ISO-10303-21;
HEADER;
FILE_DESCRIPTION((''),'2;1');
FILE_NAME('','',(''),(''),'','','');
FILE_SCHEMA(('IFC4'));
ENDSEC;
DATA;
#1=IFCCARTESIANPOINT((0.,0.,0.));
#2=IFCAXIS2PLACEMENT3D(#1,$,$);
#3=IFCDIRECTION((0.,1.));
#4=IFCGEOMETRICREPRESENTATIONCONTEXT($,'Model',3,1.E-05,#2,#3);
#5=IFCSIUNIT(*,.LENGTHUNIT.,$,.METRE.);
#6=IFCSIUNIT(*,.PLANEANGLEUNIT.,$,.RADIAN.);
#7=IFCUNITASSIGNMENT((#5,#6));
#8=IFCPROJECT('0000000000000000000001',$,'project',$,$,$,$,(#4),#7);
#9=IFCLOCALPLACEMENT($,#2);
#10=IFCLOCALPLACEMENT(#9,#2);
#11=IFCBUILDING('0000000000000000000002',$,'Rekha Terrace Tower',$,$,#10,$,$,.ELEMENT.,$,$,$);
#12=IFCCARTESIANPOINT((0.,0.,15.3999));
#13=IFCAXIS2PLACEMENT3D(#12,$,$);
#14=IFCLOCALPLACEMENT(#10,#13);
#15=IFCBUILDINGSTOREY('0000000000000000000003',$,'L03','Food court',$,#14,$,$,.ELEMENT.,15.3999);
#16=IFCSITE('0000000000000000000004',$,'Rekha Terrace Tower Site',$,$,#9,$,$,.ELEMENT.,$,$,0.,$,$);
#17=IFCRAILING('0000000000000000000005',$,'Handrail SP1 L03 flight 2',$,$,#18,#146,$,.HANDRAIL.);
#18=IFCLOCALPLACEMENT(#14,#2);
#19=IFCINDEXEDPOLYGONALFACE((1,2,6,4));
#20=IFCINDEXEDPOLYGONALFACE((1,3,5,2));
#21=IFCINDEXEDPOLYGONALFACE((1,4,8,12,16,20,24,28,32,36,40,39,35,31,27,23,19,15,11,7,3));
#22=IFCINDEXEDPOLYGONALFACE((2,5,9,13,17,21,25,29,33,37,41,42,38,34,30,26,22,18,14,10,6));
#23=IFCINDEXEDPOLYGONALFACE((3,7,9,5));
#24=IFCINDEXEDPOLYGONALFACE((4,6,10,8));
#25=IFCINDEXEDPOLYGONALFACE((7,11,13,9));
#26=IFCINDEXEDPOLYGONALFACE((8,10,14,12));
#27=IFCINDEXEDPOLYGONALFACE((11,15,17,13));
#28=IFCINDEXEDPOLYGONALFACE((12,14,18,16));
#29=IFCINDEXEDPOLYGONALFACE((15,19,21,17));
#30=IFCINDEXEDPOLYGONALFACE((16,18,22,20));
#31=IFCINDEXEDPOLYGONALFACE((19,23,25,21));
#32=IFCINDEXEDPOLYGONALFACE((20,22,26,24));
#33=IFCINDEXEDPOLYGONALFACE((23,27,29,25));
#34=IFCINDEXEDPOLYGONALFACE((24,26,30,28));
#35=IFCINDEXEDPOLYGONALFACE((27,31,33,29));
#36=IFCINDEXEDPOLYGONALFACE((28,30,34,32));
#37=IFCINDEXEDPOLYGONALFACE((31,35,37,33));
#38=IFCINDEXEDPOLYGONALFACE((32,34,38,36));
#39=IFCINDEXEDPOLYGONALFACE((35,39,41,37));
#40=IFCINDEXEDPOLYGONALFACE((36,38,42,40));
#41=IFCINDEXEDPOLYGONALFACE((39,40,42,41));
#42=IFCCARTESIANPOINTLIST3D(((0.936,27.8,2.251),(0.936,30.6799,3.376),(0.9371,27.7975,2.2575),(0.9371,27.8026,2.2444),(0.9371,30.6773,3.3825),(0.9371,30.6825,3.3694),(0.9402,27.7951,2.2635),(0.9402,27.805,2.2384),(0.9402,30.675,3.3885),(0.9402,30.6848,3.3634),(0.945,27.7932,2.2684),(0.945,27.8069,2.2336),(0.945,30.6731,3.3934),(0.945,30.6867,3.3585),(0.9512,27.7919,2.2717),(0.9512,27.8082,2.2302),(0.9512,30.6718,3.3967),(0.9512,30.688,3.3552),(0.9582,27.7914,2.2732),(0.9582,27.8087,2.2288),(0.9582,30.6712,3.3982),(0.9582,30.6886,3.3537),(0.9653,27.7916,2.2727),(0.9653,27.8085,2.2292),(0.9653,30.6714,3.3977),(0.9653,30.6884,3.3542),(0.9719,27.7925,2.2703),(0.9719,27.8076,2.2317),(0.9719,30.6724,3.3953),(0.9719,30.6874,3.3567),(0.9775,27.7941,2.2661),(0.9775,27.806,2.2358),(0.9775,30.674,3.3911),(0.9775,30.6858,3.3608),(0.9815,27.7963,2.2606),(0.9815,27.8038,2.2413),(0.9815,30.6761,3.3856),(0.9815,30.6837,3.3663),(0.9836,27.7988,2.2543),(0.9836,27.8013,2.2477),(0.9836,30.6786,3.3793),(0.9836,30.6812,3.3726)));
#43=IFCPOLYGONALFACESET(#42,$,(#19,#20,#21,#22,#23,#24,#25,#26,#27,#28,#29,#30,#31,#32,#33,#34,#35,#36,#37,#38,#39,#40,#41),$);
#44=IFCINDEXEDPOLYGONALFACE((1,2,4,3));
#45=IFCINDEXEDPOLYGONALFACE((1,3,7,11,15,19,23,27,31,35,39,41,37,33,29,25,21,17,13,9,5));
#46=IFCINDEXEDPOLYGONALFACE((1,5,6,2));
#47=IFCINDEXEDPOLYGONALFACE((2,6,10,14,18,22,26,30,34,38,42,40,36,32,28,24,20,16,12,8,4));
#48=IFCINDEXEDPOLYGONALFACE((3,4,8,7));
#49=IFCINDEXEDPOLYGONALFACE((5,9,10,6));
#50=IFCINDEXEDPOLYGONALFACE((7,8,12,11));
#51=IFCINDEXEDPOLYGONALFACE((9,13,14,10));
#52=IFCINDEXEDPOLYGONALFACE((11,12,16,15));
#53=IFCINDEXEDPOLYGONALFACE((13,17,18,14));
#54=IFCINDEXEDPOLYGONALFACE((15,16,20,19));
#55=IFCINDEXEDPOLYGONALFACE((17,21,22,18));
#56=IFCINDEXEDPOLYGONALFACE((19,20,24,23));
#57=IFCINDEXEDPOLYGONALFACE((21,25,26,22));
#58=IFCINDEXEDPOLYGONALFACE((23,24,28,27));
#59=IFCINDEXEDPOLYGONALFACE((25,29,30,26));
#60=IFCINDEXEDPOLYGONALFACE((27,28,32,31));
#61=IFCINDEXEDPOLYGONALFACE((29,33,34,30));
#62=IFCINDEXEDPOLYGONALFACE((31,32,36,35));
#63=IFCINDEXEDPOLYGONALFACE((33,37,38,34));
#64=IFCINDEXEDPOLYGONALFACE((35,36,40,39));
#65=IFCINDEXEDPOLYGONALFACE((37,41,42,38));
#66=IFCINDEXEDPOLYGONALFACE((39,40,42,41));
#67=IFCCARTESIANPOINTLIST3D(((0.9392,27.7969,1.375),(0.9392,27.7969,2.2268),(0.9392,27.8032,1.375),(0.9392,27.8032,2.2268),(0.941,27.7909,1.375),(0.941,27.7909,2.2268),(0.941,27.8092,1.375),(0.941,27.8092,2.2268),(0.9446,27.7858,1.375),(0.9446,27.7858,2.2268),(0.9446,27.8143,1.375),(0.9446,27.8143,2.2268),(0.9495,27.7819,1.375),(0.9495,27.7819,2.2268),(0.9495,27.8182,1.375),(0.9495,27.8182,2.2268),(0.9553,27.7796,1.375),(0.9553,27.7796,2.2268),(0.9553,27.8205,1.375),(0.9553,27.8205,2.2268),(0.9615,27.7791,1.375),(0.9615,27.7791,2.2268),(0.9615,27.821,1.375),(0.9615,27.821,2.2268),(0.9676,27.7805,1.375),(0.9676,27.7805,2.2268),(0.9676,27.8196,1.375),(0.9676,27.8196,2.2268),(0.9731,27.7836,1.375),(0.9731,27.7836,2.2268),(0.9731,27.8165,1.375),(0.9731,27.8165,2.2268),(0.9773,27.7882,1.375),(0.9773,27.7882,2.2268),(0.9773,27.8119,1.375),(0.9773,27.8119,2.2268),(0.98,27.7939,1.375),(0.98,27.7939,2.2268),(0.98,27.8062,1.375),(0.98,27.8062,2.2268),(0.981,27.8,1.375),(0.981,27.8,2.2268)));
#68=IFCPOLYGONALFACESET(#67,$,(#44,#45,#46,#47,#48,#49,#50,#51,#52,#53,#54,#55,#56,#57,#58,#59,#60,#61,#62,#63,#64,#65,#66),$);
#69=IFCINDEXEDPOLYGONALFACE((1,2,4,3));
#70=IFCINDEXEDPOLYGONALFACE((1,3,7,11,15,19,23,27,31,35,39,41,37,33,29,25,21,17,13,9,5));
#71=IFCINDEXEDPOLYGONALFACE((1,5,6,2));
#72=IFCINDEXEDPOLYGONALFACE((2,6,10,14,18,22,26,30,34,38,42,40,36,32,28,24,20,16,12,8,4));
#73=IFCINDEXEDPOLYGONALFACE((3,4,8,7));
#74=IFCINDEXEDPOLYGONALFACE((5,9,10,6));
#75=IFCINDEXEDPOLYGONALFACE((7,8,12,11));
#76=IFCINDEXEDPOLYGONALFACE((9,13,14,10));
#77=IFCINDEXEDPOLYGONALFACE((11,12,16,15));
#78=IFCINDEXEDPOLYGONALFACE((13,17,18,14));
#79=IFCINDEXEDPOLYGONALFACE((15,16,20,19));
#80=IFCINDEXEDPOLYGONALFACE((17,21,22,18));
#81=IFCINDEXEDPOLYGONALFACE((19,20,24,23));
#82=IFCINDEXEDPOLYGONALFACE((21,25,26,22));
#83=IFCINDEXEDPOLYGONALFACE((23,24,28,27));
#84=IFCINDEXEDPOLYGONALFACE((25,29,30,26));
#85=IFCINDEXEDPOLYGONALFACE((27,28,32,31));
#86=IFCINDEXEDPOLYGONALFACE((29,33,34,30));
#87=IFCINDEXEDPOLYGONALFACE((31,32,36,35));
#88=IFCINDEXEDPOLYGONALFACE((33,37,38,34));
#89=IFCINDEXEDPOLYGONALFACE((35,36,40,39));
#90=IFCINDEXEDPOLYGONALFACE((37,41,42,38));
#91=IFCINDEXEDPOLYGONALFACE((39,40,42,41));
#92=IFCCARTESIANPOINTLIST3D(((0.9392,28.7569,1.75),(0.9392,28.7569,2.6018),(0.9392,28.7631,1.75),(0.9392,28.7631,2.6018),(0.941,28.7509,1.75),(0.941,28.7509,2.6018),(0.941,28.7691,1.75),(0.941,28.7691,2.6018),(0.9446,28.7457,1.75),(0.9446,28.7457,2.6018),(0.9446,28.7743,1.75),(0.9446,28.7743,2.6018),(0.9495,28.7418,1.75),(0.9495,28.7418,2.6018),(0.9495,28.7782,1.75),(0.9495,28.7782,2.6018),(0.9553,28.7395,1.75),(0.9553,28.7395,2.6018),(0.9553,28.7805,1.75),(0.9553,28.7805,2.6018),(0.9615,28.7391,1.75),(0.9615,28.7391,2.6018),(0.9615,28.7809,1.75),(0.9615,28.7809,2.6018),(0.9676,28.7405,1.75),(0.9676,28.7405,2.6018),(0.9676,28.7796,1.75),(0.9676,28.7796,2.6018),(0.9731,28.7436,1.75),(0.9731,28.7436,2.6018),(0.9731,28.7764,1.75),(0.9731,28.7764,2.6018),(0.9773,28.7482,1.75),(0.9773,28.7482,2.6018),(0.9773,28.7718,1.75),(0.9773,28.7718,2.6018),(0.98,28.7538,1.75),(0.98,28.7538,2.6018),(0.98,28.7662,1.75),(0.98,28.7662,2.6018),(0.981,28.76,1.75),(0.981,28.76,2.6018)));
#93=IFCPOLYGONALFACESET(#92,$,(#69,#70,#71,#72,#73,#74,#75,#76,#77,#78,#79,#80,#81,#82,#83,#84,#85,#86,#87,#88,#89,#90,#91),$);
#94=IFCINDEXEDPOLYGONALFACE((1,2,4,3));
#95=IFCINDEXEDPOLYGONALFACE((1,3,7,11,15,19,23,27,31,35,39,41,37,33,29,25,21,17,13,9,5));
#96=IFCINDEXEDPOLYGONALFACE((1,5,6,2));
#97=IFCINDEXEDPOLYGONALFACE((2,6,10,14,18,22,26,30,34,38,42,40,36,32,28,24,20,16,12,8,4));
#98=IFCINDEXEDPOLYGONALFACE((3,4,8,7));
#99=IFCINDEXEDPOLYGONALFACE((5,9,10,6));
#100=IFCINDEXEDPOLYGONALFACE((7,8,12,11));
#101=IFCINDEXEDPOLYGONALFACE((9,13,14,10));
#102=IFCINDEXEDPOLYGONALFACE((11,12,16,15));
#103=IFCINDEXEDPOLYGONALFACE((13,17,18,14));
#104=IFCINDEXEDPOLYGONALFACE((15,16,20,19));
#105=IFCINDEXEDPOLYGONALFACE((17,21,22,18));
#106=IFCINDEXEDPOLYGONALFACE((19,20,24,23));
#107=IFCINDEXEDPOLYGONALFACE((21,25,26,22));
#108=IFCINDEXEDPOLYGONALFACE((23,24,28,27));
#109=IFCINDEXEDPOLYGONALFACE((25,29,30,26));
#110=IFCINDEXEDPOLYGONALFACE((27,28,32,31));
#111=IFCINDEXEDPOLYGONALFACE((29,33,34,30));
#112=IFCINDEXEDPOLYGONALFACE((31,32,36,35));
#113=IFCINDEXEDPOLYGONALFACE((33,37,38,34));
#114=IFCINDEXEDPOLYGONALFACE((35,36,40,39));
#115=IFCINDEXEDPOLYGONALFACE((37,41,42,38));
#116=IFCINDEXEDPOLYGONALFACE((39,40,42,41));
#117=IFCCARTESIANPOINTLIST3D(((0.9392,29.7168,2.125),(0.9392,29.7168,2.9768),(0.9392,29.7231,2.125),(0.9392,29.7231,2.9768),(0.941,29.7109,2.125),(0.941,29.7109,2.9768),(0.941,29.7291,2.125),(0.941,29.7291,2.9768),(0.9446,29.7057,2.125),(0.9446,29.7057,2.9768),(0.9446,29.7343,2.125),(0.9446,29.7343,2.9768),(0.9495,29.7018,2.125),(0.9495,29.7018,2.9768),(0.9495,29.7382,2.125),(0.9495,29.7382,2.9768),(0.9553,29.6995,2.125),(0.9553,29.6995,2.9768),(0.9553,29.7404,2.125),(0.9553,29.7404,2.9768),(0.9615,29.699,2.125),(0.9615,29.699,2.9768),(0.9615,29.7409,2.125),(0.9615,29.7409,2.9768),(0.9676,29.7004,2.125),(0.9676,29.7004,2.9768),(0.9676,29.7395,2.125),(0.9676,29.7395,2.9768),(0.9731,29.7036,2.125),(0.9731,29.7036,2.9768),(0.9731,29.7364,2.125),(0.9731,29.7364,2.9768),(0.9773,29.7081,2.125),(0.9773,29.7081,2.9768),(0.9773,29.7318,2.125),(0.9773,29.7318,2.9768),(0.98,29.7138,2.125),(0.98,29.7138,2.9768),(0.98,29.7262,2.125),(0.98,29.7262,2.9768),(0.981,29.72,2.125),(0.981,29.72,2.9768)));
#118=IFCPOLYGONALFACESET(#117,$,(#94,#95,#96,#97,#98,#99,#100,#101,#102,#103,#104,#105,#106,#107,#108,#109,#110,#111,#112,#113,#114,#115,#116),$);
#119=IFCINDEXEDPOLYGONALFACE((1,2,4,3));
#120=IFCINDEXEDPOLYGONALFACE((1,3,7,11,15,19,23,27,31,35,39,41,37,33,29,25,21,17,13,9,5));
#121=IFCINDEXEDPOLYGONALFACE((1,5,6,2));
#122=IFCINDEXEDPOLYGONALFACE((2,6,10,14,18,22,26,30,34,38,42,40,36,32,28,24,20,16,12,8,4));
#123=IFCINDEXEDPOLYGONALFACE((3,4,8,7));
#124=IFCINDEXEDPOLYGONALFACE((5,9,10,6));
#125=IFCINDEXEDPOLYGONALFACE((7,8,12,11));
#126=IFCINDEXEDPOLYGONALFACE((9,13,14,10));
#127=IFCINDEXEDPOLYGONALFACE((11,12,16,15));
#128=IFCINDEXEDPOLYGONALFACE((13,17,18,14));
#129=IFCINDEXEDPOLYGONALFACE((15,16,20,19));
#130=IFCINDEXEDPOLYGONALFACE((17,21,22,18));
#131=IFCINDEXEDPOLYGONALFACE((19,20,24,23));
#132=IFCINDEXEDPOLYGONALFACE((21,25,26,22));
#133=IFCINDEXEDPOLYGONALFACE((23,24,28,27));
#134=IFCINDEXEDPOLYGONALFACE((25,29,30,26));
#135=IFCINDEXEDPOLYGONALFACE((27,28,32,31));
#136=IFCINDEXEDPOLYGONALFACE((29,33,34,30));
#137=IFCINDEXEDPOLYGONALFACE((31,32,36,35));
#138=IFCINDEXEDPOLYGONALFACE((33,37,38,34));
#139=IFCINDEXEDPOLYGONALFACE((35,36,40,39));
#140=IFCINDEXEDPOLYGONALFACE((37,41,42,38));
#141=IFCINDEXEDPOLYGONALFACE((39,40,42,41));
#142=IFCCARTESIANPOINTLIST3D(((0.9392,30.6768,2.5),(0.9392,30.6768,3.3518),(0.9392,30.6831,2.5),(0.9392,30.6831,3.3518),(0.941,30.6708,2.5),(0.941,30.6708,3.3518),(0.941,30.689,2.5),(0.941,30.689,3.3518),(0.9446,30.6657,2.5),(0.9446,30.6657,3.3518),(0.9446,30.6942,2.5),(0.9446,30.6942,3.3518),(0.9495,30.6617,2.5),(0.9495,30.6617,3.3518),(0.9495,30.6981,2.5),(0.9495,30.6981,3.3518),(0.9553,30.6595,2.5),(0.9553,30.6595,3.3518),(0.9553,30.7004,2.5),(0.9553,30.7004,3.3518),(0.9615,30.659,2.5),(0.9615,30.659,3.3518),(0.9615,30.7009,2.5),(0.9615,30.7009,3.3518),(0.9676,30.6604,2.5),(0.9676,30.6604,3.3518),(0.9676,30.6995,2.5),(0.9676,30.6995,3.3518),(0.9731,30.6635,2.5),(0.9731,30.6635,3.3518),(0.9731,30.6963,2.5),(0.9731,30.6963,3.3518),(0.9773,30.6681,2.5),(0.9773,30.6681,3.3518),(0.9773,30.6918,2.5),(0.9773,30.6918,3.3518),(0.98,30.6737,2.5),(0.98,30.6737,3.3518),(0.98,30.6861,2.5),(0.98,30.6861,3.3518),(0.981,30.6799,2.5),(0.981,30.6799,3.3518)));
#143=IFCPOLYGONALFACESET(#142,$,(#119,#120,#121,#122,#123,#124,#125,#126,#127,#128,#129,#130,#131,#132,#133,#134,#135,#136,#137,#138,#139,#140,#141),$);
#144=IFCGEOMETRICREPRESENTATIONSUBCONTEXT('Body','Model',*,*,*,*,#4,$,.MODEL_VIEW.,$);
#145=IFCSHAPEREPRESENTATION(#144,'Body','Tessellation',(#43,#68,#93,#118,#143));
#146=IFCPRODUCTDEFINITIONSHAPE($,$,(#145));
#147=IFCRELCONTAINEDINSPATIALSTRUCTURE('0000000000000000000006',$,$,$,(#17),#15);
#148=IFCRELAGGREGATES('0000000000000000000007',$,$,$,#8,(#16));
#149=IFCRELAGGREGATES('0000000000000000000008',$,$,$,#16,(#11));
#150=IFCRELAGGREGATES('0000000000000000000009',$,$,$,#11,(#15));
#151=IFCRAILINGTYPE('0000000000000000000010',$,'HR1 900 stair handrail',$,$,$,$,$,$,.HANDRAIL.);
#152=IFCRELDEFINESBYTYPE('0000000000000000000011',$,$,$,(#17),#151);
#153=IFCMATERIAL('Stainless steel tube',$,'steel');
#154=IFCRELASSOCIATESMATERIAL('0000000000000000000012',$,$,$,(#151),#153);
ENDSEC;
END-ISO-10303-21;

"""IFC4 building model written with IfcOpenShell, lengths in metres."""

from ifc_helpers import new_model, si_unit, direction, frame, origin, origin_2d, place, context, subcontext, project, spatial, circle, extrude, material, type_object, element, save


model = new_model("IFC4")

# Units and contexts
model_context = context("Model", 3, precision=1e-05, world=origin(), true_north=direction((0.0, 1.0)))
body_context = subcontext(model_context, "Body", "Model", "MODEL_VIEW")
ifc_project = project(units=[si_unit("LENGTHUNIT", "METRE"), si_unit("PLANEANGLEUNIT", "RADIAN")], contexts=[model_context])

# Site, building, storey
site_placement = place(None, origin())
site = spatial("IfcSite", under=ifc_project, at=site_placement, Name="Rekha Terrace Tower Site", CompositionType="ELEMENT", RefElevation=0.0)
building_placement = place(site_placement, origin())
building = spatial("IfcBuilding", under=site, at=building_placement, Name="Rekha Terrace Tower", CompositionType="ELEMENT")
storey_placement = place(building_placement, frame((0.0, 0.0, 15.3999)))
storey = spatial("IfcBuildingStorey", under=building, at=storey_placement, Name="L03", Description="Food court", CompositionType="ELEMENT", Elevation=15.3999)

# Railing
ifc_material_1 = material(Name="Stainless steel tube", Category="steel")
railing_type_1 = type_object("IfcRailingType", Name="HR1 900 stair handrail", PredefinedType="HANDRAIL", material=ifc_material_1)
railing_1_placement = place(storey_placement, frame((0.96, 27.8, 1.375)))
element("IfcRailing", 1, at=railing_1_placement, inside=storey, type_object=railing_type_1, Name="Handrail SP1 L03 flight 2", PredefinedType="HANDRAIL", context=body_context, shape_type="SweptSolid", body=[
    extrude(circle(Radius=0.0239, at=origin_2d()), frame((0.0, 0.0, 0.876), z_axis=(0.0, 0.931452, 0.363863), x_axis=(-1.0, 0.0, 0.0)), (0.0, 0.0, 1.0), 3.0918),
    extrude(circle(Radius=0.021, at=origin_2d()), origin(), (0.0, 0.0, 1.0), 0.8518),
    extrude(circle(Radius=0.021, at=origin_2d()), frame((0.0, 0.96, 0.375)), (0.0, 0.0, 1.0), 0.8518),
    extrude(circle(Radius=0.021, at=origin_2d()), frame((0.0, 1.9199, 0.75)), (0.0, 0.0, 1.0), 0.8518),
    extrude(circle(Radius=0.021, at=origin_2d()), frame((0.0, 2.8799, 1.125)), (0.0, 0.0, 1.0), 0.8518),
])

save(model, "model.ifc")
